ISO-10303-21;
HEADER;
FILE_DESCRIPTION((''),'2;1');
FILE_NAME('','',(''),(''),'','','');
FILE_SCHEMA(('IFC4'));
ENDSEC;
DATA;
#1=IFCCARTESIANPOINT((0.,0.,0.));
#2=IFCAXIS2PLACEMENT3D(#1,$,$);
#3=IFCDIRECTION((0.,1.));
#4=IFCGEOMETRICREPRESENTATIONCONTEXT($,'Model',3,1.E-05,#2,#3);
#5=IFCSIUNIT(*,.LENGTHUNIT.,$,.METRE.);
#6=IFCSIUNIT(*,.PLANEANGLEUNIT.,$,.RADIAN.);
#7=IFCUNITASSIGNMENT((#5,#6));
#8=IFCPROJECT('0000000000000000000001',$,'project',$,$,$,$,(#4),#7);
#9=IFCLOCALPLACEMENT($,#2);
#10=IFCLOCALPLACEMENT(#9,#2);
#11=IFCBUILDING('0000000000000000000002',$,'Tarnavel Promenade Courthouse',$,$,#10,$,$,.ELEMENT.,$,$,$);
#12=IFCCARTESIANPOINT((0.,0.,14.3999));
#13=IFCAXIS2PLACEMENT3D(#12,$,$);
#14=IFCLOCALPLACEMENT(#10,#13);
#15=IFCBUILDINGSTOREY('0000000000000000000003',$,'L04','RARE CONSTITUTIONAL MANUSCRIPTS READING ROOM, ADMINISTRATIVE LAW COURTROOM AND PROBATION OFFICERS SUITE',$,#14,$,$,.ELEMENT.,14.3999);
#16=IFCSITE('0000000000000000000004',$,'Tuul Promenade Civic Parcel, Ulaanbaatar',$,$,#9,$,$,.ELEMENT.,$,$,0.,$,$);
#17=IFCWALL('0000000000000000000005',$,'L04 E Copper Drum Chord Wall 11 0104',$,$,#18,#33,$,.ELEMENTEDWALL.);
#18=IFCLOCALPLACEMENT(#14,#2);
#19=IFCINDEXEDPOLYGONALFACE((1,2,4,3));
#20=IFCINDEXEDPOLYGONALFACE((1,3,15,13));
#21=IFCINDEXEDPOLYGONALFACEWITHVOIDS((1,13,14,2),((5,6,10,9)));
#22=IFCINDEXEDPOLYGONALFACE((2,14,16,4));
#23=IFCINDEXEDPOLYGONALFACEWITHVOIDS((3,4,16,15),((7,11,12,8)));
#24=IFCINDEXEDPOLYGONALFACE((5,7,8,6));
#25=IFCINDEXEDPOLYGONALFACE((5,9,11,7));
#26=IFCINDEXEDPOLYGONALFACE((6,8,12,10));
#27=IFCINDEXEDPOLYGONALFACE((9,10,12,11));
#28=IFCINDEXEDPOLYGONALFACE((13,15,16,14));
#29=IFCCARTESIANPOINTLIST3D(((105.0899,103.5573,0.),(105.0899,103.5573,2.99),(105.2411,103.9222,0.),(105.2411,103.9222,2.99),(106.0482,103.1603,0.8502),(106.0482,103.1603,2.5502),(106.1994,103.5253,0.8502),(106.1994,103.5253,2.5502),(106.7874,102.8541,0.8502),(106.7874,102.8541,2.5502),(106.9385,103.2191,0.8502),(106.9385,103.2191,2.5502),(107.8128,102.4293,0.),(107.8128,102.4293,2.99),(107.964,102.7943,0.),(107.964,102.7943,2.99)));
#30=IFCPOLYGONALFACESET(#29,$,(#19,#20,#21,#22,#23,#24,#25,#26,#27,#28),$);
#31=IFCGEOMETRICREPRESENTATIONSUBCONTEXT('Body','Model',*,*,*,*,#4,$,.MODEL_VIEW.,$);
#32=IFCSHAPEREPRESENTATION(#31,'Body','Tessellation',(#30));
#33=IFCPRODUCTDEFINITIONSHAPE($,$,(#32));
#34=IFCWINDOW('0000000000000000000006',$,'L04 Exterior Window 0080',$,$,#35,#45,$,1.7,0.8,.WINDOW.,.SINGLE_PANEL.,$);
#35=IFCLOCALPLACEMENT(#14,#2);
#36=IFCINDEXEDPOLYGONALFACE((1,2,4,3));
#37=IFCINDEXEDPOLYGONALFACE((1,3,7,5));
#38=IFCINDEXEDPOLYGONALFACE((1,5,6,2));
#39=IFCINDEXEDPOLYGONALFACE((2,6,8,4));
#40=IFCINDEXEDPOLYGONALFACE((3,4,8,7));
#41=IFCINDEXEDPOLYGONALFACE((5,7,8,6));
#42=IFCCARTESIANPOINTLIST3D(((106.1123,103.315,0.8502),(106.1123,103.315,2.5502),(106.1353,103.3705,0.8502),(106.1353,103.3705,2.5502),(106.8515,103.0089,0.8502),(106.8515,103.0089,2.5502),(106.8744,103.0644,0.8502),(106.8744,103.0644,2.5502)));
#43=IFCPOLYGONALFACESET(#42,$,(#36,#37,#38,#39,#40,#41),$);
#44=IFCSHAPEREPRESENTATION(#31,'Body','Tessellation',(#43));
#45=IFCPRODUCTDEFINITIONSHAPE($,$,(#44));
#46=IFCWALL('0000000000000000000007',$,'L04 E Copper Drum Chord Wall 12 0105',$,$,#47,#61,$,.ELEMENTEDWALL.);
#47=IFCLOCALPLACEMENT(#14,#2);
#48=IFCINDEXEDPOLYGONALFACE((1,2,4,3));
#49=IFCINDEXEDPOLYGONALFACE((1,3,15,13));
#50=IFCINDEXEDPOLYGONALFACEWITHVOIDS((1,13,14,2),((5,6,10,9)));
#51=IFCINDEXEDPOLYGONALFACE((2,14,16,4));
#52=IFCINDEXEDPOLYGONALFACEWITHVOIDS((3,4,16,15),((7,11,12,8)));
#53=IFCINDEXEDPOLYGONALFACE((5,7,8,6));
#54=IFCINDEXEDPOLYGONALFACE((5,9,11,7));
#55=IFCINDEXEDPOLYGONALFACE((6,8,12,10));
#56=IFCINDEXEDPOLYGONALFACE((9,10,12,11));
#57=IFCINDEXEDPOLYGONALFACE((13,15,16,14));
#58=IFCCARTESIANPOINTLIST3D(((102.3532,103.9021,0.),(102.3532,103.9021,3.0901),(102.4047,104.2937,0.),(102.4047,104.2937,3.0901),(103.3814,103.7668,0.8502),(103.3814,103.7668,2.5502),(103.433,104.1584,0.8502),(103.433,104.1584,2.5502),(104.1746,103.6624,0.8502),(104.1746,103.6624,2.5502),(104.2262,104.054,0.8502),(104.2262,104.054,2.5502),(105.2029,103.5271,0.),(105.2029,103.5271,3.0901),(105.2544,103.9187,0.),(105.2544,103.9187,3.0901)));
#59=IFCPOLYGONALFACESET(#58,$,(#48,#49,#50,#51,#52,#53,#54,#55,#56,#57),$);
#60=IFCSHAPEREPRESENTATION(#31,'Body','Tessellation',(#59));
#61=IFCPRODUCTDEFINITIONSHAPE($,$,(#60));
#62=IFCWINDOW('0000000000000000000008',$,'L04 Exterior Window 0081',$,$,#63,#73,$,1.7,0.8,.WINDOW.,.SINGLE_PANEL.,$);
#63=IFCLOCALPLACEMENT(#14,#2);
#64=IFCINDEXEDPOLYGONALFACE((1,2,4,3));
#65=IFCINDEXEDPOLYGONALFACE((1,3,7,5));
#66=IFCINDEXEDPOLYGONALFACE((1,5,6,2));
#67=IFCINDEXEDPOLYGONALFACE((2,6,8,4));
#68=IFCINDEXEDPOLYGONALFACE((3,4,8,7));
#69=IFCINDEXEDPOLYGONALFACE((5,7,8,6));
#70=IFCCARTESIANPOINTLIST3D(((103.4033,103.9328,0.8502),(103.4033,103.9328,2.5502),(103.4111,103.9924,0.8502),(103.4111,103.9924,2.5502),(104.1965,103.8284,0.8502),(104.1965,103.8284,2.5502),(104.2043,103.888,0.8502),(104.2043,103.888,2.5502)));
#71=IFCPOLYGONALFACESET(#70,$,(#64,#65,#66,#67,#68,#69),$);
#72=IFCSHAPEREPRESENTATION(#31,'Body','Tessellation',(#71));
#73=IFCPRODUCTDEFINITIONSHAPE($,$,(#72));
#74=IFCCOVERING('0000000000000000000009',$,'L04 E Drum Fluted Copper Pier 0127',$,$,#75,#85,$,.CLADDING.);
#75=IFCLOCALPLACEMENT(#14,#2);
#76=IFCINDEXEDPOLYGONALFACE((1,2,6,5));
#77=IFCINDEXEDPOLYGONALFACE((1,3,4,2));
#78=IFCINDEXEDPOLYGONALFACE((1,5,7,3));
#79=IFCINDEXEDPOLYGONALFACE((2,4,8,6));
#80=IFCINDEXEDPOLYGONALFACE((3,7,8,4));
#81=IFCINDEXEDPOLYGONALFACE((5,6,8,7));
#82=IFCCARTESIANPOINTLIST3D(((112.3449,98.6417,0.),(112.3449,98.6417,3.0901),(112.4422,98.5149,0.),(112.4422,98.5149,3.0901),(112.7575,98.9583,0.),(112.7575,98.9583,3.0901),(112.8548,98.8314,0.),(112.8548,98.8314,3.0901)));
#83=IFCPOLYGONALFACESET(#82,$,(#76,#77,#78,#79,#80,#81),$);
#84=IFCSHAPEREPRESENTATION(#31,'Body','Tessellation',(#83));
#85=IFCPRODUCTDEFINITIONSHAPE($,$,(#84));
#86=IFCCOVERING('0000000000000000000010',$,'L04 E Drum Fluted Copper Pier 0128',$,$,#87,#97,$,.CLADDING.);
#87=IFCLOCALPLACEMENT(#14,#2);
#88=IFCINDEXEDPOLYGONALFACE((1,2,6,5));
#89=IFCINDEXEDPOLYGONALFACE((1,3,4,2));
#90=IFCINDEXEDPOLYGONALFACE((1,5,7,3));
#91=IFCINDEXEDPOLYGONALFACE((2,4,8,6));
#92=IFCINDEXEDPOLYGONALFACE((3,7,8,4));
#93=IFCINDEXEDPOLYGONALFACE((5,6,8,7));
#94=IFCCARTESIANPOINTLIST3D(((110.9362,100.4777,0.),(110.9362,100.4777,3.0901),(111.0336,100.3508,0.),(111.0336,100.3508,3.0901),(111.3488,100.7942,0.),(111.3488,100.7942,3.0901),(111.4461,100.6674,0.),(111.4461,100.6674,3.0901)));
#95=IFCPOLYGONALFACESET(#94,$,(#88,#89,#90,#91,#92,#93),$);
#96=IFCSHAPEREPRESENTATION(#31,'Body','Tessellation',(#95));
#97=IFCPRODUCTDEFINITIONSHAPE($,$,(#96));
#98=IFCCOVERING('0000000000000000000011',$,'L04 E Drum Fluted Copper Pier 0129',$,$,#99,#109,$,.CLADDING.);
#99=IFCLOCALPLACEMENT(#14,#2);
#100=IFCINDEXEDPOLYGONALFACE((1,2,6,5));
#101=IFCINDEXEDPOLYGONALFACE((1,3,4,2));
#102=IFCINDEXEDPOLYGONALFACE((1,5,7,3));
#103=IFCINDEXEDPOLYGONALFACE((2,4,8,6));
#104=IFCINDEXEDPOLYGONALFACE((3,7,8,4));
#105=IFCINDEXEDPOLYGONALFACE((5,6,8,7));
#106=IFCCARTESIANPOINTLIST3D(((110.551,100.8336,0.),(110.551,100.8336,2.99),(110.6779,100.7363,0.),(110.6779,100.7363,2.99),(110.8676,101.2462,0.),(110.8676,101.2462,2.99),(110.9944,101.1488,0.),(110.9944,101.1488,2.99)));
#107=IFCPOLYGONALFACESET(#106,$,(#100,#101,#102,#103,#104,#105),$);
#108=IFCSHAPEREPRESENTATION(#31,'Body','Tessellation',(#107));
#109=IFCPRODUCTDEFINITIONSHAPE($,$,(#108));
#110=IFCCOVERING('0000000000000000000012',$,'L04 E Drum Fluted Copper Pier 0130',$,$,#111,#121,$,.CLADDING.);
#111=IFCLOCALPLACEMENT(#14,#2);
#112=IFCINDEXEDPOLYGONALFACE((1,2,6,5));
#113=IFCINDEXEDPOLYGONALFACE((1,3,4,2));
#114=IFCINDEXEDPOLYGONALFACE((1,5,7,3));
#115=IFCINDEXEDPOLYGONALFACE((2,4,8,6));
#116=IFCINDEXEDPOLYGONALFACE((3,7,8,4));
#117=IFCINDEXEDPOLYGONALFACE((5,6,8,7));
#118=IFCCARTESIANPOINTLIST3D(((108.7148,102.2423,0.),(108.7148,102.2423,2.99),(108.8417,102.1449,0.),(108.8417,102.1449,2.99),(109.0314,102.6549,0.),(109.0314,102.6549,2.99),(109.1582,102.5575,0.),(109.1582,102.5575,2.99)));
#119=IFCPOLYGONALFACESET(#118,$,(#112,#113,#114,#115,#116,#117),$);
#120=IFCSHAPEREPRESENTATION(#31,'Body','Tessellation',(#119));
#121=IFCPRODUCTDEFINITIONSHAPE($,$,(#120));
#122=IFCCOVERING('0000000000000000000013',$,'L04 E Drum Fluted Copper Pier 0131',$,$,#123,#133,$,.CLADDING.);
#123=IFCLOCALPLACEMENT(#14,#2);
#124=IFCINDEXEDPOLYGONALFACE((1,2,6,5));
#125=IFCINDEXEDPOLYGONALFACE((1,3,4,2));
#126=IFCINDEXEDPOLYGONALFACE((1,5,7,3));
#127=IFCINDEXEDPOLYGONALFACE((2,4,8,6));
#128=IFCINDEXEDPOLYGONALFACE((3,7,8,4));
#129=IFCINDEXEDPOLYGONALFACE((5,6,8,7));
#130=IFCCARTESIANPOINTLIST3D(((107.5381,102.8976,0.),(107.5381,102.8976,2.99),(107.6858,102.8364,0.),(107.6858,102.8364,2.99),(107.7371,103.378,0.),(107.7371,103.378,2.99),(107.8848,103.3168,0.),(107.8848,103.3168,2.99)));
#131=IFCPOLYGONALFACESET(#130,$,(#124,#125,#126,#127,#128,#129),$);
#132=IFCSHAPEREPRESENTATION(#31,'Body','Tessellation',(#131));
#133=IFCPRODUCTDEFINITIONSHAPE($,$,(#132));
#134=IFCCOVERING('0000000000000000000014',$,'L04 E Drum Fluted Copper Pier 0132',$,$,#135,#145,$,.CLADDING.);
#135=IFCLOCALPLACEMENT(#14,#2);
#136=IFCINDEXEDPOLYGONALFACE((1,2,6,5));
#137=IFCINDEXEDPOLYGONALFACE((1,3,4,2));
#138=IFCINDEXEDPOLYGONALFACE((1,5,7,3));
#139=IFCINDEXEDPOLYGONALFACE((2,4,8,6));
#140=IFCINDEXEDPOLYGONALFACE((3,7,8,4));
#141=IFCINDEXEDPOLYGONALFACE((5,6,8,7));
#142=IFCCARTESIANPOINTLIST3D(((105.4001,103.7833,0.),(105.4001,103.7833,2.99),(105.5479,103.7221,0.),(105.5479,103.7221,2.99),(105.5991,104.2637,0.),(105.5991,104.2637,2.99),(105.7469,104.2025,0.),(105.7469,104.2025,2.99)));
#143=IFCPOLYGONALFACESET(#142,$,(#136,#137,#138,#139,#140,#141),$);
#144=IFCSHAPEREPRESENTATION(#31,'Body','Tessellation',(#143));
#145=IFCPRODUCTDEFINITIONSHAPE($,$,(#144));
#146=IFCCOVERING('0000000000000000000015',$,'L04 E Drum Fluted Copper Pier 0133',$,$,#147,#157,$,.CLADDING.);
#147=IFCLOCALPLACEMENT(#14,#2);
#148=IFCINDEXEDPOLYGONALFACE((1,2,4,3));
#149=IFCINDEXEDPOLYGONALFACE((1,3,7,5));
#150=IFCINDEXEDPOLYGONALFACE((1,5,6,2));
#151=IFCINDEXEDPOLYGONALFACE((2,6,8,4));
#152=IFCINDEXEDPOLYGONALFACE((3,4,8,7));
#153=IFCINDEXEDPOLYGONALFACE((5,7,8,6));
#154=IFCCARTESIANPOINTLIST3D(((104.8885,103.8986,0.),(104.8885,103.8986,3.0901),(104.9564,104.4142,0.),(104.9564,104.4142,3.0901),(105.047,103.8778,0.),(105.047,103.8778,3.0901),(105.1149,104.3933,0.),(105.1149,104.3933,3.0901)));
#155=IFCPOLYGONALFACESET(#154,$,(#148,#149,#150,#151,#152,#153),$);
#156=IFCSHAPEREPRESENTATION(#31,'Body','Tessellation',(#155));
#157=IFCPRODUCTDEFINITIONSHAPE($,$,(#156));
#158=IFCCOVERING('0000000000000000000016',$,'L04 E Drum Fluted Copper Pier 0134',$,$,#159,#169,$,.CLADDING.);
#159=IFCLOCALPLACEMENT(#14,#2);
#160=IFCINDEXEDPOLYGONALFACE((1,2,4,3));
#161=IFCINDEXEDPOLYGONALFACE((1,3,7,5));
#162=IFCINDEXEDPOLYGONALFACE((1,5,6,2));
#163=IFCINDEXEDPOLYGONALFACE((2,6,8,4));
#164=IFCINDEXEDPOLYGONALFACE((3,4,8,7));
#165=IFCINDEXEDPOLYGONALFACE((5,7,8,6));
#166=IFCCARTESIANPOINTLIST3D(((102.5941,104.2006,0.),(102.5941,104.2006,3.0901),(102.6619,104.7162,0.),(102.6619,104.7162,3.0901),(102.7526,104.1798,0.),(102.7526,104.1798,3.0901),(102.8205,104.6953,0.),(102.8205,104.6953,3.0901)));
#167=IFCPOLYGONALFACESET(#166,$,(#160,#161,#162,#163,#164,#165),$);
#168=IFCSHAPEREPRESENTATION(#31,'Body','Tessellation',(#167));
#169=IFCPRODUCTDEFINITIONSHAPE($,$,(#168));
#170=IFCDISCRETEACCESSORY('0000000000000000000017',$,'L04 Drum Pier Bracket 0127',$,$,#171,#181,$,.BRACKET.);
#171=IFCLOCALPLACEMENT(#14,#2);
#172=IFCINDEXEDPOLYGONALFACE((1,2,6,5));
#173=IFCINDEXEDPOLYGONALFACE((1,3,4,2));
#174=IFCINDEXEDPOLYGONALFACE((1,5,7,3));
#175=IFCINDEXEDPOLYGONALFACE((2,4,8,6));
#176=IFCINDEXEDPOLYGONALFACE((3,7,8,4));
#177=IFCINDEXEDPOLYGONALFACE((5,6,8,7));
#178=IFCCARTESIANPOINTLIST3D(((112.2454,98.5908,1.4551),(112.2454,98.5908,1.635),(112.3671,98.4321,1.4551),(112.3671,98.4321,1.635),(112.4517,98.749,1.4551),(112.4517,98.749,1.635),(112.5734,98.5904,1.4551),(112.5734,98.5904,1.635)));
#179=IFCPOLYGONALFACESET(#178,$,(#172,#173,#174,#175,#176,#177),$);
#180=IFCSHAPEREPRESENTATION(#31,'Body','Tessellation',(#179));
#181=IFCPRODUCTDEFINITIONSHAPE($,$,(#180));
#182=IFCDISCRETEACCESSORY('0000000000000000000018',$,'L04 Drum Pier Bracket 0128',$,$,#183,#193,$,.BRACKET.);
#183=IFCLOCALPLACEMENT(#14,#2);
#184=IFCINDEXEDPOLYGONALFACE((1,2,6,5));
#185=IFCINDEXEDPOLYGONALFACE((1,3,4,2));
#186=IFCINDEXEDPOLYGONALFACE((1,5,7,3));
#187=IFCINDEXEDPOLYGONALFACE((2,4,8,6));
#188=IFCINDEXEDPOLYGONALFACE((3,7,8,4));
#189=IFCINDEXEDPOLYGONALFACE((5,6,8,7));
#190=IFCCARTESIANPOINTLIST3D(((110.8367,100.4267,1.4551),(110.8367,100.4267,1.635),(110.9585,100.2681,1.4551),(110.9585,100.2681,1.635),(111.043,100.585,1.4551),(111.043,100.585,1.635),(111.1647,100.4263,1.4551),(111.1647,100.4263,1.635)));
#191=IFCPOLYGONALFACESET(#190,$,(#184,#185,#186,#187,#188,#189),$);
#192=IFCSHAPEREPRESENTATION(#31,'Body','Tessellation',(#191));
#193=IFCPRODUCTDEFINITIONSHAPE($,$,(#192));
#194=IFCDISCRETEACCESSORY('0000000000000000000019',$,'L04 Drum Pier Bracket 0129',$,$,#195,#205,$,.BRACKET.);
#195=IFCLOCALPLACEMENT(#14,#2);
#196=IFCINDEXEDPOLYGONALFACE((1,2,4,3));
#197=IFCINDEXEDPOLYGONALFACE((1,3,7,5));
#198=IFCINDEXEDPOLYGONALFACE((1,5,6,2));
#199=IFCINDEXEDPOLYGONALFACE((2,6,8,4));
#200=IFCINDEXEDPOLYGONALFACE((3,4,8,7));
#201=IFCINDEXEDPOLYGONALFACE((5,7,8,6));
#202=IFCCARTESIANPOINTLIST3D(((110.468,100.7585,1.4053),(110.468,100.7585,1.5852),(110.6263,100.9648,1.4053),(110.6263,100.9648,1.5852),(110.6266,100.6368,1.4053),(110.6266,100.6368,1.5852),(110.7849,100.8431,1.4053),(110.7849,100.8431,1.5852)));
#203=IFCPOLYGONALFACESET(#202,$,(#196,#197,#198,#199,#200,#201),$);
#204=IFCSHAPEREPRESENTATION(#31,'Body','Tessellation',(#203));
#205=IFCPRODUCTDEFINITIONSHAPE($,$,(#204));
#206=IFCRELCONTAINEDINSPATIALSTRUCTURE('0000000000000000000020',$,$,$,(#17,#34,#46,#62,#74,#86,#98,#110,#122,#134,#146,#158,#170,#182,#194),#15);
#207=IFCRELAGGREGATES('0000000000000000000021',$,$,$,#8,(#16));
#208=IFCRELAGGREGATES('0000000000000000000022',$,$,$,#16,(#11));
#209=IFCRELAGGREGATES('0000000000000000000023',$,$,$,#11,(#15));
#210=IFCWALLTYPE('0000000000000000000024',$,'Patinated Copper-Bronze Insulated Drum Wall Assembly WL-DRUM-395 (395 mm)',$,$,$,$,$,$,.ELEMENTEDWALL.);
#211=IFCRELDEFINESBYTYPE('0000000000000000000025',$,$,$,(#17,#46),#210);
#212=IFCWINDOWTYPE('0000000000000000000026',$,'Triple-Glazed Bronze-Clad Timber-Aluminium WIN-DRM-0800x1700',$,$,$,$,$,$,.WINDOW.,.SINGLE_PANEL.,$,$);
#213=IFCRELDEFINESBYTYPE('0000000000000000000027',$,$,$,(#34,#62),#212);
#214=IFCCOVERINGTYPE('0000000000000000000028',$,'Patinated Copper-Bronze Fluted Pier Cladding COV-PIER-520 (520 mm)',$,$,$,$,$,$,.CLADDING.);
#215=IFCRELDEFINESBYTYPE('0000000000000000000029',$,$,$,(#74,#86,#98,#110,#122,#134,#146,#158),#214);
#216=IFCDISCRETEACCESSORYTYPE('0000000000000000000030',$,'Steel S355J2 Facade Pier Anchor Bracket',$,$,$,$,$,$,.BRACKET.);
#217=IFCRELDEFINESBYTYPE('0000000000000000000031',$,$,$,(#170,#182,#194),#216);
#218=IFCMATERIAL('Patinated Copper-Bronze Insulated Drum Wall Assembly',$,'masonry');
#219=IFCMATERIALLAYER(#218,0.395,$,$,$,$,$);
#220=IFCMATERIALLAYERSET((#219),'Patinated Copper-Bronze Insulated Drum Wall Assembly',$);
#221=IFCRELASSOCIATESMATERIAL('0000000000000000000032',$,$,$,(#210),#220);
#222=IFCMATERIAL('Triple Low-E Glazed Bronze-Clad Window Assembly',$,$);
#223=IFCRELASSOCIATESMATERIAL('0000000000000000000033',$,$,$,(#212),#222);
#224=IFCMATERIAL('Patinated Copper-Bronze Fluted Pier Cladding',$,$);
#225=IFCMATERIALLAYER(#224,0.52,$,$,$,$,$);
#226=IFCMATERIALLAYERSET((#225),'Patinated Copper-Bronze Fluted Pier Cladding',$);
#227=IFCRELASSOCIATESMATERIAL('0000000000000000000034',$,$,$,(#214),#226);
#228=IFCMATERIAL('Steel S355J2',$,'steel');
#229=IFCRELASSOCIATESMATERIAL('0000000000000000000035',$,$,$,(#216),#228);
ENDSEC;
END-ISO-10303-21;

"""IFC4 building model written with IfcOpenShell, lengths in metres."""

from ifc_helpers import new_model, si_unit, direction, frame, frame_2d, origin, origin_2d, place, context, subcontext, project, spatial, rectangle, extrude, material, layer, layer_set, type_object, element, fill, save


model = new_model("IFC4")

# Units and contexts
model_context = context("Model", 3, precision=1e-05, world=origin(), true_north=direction((0.0, 1.0)))
body_context = subcontext(model_context, "Body", "Model", "MODEL_VIEW")
ifc_project = project(units=[si_unit("LENGTHUNIT", "METRE"), si_unit("PLANEANGLEUNIT", "RADIAN")], contexts=[model_context])

# Site, building, storey
site_placement = place(None, origin())
site = spatial("IfcSite", under=ifc_project, at=site_placement, Name="Tuul Promenade Civic Parcel, Ulaanbaatar", CompositionType="ELEMENT", RefElevation=0.0)
building_placement = place(site_placement, origin())
building = spatial("IfcBuilding", under=site, at=building_placement, Name="Tarnavel Promenade Courthouse", CompositionType="ELEMENT")
storey_placement = place(building_placement, frame((0.0, 0.0, 14.3999)))
storey = spatial("IfcBuildingStorey", under=building, at=storey_placement, Name="L04", Description="RARE CONSTITUTIONAL MANUSCRIPTS READING ROOM, ADMINISTRATIVE LAW COURTROOM AND PROBATION OFFICERS SUITE", CompositionType="ELEMENT", Elevation=14.3999)

# Shared definitions
ifc_material_1 = material(Name="Steel S355J2", Category="steel")

# Walls, openings, windows
ifc_material_2 = material(Name="Patinated Copper-Bronze Insulated Drum Wall Assembly", Category="masonry")
ifc_layer_1 = layer(ifc_material_2, 0.395)
ifc_layer_set_1 = layer_set([ifc_layer_1], Name="Patinated Copper-Bronze Insulated Drum Wall Assembly")
wall_type_1 = type_object("IfcWallType", Name="Patinated Copper-Bronze Insulated Drum Wall Assembly WL-DRUM-395 (395 mm)", PredefinedType="ELEMENTEDWALL", material=ifc_layer_set_1)
ifc_material_3 = material(Name="Triple Low-E Glazed Bronze-Clad Window Assembly")
window_type = type_object("IfcWindowType", Name="Triple-Glazed Bronze-Clad Timber-Aluminium WIN-DRM-0800x1700", PartitioningType="SINGLE_PANEL", PredefinedType="WINDOW", material=ifc_material_3)
wall_1_placement = place(storey_placement, frame((107.8884, 102.6118, 0.0), z_axis=(0.0, 0.0, 1.0), x_axis=(-0.923871, 0.382703, 0.0)))
wall_1 = element("IfcWall", 1, at=wall_1_placement, inside=storey, type_object=wall_type_1, Name="L04 E Copper Drum Chord Wall 11 0104", PredefinedType="ELEMENTEDWALL", context=body_context, shape_type="SweptSolid", body=[
    extrude(rectangle(XDim=2.9473, YDim=0.395, at=frame_2d((1.4736, 0.0))), origin(), (0.0, 0.0, 1.0), 2.99),
])
opening_1_placement = place(wall_1_placement, frame((1.1101, 0.0, 0.8501)))
opening_1 = element("IfcOpeningElement", 2, at=opening_1_placement, cuts=wall_1, PredefinedType="OPENING", context=body_context, shape_type="SweptSolid", body=[
    extrude(rectangle(XDim=0.8, YDim=1.7, at=frame_2d((0.3999, 0.8501))), frame((0.0, 0.2075, 0.0), z_axis=(0.0, -1.0, 0.0), x_axis=(1.0, 0.0, 0.0)), (0.0, 0.0, 1.0), 0.415),
])
window_1_placement = place(opening_1_placement, origin())
window_1 = element("IfcWindow", 3, at=window_1_placement, inside=storey, type_object=window_type, Name="L04 Exterior Window 0080", OverallHeight=1.7, OverallWidth=0.8, PartitioningType="SINGLE_PANEL", PredefinedType="WINDOW", context=body_context, shape_type="SweptSolid", body=[
    extrude(rectangle(XDim=0.8, YDim=1.7, at=frame_2d((0.3999, 0.8501))), frame((0.0, 0.03, 0.0), z_axis=(0.0, -1.0, 0.0), x_axis=(1.0, 0.0, 0.0)), (0.0, 0.0, 1.0), 0.0601),
])
fill(opening_1, window_1)
wall_2_placement = place(storey_placement, frame((105.2285, 103.7229, 0.0), z_axis=(0.0, 0.0, 1.0), x_axis=(-0.991452, 0.130472, 0.0)))
wall_2 = element("IfcWall", 4, at=wall_2_placement, inside=storey, type_object=wall_type_1, Name="L04 E Copper Drum Chord Wall 12 0105", PredefinedType="ELEMENTEDWALL", context=body_context, shape_type="SweptSolid", body=[
    extrude(rectangle(XDim=2.8743, YDim=0.395, at=frame_2d((1.437, 0.0))), origin(), (0.0, 0.0, 1.0), 3.0901),
])
opening_2_placement = place(wall_2_placement, frame((1.0371, 0.0, 0.8501)))
opening_2 = element("IfcOpeningElement", 5, at=opening_2_placement, cuts=wall_2, PredefinedType="OPENING", context=body_context, shape_type="SweptSolid", body=[
    extrude(rectangle(XDim=0.8, YDim=1.7, at=frame_2d((0.3999, 0.8501))), frame((0.0, 0.2075, 0.0), z_axis=(0.0, -1.0, 0.0), x_axis=(1.0, 0.0, 0.0)), (0.0, 0.0, 1.0), 0.415),
])
window_2_placement = place(opening_2_placement, origin())
window_2 = element("IfcWindow", 6, at=window_2_placement, inside=storey, type_object=window_type, Name="L04 Exterior Window 0081", OverallHeight=1.7, OverallWidth=0.8, PartitioningType="SINGLE_PANEL", PredefinedType="WINDOW", context=body_context, shape_type="SweptSolid", body=[
    extrude(rectangle(XDim=0.8, YDim=1.7, at=frame_2d((0.3999, 0.8501))), frame((0.0, 0.03, 0.0), z_axis=(0.0, -1.0, 0.0), x_axis=(1.0, 0.0, 0.0)), (0.0, 0.0, 1.0), 0.0601),
])
fill(opening_2, window_2)

# Coverings
ifc_material_4 = material(Name="Patinated Copper-Bronze Fluted Pier Cladding")
ifc_layer_2 = layer(ifc_material_4, 0.52)
ifc_layer_set_2 = layer_set([ifc_layer_2], Name="Patinated Copper-Bronze Fluted Pier Cladding")
covering_type = type_object("IfcCoveringType", Name="Patinated Copper-Bronze Fluted Pier Cladding COV-PIER-520 (520 mm)", PredefinedType="CLADDING", material=ifc_layer_set_2)
for number, where, z_axis, x_axis, name in (
    (7, (112.5999, 98.7366, 0.0), (0.0, 0.0, 1.0), (-0.608761, 0.793353, 0.0), "L04 E Drum Fluted Copper Pier 0127"),
    (8, (111.1912, 100.5725, 0.0), (0.0, 0.0, 1.0), (-0.608761, 0.793353, 0.0), "L04 E Drum Fluted Copper Pier 0128"),
):
    element("IfcCovering", number, at=place(storey_placement, frame(where, z_axis=z_axis, x_axis=x_axis)), inside=storey, type_object=covering_type, Name=name, PredefinedType="CLADDING", context=body_context, shape_type="SweptSolid", body=[
        extrude(rectangle(XDim=0.1599, YDim=0.52, at=origin_2d()), origin(), (0.0, 0.0, 1.0), 3.0901),
    ])
for number, where, z_axis, x_axis, name in (
    (9, (110.7727, 100.9912, 0.0), (0.0, 0.0, 1.0), (-0.793353, 0.608761, 0.0), "L04 E Drum Fluted Copper Pier 0129"),
    (10, (108.9365, 102.3999, 0.0), (0.0, 0.0, 1.0), (-0.793353, 0.608761, 0.0), "L04 E Drum Fluted Copper Pier 0130"),
    (11, (107.7114, 103.1072, 0.0), (0.0, 0.0, 1.0), (-0.92388, 0.382683, 0.0), "L04 E Drum Fluted Copper Pier 0131"),
    (12, (105.5735, 103.9929, 0.0), (0.0, 0.0, 1.0), (-0.92388, 0.382683, 0.0), "L04 E Drum Fluted Copper Pier 0132"),
):
    element("IfcCovering", number, at=place(storey_placement, frame(where, z_axis=z_axis, x_axis=x_axis)), inside=storey, type_object=covering_type, Name=name, PredefinedType="CLADDING", context=body_context, shape_type="SweptSolid", body=[
        extrude(rectangle(XDim=0.1599, YDim=0.52, at=origin_2d()), origin(), (0.0, 0.0, 1.0), 2.99),
    ])
for number, where, z_axis, x_axis, name in (
    (13, (105.0017, 104.146, 0.0), (0.0, 0.0, 1.0), (-0.991445, 0.130526, 0.0), "L04 E Drum Fluted Copper Pier 0133"),
    (14, (102.7073, 104.448, 0.0), (0.0, 0.0, 1.0), (-0.991445, 0.130526, 0.0), "L04 E Drum Fluted Copper Pier 0134"),
):
    element("IfcCovering", number, at=place(storey_placement, frame(where, z_axis=z_axis, x_axis=x_axis)), inside=storey, type_object=covering_type, Name=name, PredefinedType="CLADDING", context=body_context, shape_type="SweptSolid", body=[
        extrude(rectangle(XDim=0.1599, YDim=0.52, at=origin_2d()), origin(), (0.0, 0.0, 1.0), 3.0901),
    ])

# Discrete accessories
discrete_accessory_type = type_object("IfcDiscreteAccessoryType", Name="Steel S355J2 Facade Pier Anchor Bracket", PredefinedType="BRACKET", material=ifc_material_1)
for number, where, z_axis, x_axis, name in (
    (15, (112.4094, 98.5906, 1.4551), (0.0, 0.0, 1.0), (-0.608761, 0.793353, 0.0), "L04 Drum Pier Bracket 0127"),
    (16, (111.0007, 100.4265, 1.4551), (0.0, 0.0, 1.0), (-0.608761, 0.793353, 0.0), "L04 Drum Pier Bracket 0128"),
    (17, (110.6265, 100.8008, 1.4053), (0.0, 0.0, 1.0), (-0.793353, 0.608761, 0.0), "L04 Drum Pier Bracket 0129"),
):
    element("IfcDiscreteAccessory", number, at=place(storey_placement, frame(where, z_axis=z_axis, x_axis=x_axis)), inside=storey, type_object=discrete_accessory_type, Name=name, PredefinedType="BRACKET", context=body_context, shape_type="SweptSolid", body=[
        extrude(rectangle(XDim=0.2, YDim=0.26, at=origin_2d()), origin(), (0.0, 0.0, 1.0), 0.1799),
    ])

save(model, "model.ifc")
